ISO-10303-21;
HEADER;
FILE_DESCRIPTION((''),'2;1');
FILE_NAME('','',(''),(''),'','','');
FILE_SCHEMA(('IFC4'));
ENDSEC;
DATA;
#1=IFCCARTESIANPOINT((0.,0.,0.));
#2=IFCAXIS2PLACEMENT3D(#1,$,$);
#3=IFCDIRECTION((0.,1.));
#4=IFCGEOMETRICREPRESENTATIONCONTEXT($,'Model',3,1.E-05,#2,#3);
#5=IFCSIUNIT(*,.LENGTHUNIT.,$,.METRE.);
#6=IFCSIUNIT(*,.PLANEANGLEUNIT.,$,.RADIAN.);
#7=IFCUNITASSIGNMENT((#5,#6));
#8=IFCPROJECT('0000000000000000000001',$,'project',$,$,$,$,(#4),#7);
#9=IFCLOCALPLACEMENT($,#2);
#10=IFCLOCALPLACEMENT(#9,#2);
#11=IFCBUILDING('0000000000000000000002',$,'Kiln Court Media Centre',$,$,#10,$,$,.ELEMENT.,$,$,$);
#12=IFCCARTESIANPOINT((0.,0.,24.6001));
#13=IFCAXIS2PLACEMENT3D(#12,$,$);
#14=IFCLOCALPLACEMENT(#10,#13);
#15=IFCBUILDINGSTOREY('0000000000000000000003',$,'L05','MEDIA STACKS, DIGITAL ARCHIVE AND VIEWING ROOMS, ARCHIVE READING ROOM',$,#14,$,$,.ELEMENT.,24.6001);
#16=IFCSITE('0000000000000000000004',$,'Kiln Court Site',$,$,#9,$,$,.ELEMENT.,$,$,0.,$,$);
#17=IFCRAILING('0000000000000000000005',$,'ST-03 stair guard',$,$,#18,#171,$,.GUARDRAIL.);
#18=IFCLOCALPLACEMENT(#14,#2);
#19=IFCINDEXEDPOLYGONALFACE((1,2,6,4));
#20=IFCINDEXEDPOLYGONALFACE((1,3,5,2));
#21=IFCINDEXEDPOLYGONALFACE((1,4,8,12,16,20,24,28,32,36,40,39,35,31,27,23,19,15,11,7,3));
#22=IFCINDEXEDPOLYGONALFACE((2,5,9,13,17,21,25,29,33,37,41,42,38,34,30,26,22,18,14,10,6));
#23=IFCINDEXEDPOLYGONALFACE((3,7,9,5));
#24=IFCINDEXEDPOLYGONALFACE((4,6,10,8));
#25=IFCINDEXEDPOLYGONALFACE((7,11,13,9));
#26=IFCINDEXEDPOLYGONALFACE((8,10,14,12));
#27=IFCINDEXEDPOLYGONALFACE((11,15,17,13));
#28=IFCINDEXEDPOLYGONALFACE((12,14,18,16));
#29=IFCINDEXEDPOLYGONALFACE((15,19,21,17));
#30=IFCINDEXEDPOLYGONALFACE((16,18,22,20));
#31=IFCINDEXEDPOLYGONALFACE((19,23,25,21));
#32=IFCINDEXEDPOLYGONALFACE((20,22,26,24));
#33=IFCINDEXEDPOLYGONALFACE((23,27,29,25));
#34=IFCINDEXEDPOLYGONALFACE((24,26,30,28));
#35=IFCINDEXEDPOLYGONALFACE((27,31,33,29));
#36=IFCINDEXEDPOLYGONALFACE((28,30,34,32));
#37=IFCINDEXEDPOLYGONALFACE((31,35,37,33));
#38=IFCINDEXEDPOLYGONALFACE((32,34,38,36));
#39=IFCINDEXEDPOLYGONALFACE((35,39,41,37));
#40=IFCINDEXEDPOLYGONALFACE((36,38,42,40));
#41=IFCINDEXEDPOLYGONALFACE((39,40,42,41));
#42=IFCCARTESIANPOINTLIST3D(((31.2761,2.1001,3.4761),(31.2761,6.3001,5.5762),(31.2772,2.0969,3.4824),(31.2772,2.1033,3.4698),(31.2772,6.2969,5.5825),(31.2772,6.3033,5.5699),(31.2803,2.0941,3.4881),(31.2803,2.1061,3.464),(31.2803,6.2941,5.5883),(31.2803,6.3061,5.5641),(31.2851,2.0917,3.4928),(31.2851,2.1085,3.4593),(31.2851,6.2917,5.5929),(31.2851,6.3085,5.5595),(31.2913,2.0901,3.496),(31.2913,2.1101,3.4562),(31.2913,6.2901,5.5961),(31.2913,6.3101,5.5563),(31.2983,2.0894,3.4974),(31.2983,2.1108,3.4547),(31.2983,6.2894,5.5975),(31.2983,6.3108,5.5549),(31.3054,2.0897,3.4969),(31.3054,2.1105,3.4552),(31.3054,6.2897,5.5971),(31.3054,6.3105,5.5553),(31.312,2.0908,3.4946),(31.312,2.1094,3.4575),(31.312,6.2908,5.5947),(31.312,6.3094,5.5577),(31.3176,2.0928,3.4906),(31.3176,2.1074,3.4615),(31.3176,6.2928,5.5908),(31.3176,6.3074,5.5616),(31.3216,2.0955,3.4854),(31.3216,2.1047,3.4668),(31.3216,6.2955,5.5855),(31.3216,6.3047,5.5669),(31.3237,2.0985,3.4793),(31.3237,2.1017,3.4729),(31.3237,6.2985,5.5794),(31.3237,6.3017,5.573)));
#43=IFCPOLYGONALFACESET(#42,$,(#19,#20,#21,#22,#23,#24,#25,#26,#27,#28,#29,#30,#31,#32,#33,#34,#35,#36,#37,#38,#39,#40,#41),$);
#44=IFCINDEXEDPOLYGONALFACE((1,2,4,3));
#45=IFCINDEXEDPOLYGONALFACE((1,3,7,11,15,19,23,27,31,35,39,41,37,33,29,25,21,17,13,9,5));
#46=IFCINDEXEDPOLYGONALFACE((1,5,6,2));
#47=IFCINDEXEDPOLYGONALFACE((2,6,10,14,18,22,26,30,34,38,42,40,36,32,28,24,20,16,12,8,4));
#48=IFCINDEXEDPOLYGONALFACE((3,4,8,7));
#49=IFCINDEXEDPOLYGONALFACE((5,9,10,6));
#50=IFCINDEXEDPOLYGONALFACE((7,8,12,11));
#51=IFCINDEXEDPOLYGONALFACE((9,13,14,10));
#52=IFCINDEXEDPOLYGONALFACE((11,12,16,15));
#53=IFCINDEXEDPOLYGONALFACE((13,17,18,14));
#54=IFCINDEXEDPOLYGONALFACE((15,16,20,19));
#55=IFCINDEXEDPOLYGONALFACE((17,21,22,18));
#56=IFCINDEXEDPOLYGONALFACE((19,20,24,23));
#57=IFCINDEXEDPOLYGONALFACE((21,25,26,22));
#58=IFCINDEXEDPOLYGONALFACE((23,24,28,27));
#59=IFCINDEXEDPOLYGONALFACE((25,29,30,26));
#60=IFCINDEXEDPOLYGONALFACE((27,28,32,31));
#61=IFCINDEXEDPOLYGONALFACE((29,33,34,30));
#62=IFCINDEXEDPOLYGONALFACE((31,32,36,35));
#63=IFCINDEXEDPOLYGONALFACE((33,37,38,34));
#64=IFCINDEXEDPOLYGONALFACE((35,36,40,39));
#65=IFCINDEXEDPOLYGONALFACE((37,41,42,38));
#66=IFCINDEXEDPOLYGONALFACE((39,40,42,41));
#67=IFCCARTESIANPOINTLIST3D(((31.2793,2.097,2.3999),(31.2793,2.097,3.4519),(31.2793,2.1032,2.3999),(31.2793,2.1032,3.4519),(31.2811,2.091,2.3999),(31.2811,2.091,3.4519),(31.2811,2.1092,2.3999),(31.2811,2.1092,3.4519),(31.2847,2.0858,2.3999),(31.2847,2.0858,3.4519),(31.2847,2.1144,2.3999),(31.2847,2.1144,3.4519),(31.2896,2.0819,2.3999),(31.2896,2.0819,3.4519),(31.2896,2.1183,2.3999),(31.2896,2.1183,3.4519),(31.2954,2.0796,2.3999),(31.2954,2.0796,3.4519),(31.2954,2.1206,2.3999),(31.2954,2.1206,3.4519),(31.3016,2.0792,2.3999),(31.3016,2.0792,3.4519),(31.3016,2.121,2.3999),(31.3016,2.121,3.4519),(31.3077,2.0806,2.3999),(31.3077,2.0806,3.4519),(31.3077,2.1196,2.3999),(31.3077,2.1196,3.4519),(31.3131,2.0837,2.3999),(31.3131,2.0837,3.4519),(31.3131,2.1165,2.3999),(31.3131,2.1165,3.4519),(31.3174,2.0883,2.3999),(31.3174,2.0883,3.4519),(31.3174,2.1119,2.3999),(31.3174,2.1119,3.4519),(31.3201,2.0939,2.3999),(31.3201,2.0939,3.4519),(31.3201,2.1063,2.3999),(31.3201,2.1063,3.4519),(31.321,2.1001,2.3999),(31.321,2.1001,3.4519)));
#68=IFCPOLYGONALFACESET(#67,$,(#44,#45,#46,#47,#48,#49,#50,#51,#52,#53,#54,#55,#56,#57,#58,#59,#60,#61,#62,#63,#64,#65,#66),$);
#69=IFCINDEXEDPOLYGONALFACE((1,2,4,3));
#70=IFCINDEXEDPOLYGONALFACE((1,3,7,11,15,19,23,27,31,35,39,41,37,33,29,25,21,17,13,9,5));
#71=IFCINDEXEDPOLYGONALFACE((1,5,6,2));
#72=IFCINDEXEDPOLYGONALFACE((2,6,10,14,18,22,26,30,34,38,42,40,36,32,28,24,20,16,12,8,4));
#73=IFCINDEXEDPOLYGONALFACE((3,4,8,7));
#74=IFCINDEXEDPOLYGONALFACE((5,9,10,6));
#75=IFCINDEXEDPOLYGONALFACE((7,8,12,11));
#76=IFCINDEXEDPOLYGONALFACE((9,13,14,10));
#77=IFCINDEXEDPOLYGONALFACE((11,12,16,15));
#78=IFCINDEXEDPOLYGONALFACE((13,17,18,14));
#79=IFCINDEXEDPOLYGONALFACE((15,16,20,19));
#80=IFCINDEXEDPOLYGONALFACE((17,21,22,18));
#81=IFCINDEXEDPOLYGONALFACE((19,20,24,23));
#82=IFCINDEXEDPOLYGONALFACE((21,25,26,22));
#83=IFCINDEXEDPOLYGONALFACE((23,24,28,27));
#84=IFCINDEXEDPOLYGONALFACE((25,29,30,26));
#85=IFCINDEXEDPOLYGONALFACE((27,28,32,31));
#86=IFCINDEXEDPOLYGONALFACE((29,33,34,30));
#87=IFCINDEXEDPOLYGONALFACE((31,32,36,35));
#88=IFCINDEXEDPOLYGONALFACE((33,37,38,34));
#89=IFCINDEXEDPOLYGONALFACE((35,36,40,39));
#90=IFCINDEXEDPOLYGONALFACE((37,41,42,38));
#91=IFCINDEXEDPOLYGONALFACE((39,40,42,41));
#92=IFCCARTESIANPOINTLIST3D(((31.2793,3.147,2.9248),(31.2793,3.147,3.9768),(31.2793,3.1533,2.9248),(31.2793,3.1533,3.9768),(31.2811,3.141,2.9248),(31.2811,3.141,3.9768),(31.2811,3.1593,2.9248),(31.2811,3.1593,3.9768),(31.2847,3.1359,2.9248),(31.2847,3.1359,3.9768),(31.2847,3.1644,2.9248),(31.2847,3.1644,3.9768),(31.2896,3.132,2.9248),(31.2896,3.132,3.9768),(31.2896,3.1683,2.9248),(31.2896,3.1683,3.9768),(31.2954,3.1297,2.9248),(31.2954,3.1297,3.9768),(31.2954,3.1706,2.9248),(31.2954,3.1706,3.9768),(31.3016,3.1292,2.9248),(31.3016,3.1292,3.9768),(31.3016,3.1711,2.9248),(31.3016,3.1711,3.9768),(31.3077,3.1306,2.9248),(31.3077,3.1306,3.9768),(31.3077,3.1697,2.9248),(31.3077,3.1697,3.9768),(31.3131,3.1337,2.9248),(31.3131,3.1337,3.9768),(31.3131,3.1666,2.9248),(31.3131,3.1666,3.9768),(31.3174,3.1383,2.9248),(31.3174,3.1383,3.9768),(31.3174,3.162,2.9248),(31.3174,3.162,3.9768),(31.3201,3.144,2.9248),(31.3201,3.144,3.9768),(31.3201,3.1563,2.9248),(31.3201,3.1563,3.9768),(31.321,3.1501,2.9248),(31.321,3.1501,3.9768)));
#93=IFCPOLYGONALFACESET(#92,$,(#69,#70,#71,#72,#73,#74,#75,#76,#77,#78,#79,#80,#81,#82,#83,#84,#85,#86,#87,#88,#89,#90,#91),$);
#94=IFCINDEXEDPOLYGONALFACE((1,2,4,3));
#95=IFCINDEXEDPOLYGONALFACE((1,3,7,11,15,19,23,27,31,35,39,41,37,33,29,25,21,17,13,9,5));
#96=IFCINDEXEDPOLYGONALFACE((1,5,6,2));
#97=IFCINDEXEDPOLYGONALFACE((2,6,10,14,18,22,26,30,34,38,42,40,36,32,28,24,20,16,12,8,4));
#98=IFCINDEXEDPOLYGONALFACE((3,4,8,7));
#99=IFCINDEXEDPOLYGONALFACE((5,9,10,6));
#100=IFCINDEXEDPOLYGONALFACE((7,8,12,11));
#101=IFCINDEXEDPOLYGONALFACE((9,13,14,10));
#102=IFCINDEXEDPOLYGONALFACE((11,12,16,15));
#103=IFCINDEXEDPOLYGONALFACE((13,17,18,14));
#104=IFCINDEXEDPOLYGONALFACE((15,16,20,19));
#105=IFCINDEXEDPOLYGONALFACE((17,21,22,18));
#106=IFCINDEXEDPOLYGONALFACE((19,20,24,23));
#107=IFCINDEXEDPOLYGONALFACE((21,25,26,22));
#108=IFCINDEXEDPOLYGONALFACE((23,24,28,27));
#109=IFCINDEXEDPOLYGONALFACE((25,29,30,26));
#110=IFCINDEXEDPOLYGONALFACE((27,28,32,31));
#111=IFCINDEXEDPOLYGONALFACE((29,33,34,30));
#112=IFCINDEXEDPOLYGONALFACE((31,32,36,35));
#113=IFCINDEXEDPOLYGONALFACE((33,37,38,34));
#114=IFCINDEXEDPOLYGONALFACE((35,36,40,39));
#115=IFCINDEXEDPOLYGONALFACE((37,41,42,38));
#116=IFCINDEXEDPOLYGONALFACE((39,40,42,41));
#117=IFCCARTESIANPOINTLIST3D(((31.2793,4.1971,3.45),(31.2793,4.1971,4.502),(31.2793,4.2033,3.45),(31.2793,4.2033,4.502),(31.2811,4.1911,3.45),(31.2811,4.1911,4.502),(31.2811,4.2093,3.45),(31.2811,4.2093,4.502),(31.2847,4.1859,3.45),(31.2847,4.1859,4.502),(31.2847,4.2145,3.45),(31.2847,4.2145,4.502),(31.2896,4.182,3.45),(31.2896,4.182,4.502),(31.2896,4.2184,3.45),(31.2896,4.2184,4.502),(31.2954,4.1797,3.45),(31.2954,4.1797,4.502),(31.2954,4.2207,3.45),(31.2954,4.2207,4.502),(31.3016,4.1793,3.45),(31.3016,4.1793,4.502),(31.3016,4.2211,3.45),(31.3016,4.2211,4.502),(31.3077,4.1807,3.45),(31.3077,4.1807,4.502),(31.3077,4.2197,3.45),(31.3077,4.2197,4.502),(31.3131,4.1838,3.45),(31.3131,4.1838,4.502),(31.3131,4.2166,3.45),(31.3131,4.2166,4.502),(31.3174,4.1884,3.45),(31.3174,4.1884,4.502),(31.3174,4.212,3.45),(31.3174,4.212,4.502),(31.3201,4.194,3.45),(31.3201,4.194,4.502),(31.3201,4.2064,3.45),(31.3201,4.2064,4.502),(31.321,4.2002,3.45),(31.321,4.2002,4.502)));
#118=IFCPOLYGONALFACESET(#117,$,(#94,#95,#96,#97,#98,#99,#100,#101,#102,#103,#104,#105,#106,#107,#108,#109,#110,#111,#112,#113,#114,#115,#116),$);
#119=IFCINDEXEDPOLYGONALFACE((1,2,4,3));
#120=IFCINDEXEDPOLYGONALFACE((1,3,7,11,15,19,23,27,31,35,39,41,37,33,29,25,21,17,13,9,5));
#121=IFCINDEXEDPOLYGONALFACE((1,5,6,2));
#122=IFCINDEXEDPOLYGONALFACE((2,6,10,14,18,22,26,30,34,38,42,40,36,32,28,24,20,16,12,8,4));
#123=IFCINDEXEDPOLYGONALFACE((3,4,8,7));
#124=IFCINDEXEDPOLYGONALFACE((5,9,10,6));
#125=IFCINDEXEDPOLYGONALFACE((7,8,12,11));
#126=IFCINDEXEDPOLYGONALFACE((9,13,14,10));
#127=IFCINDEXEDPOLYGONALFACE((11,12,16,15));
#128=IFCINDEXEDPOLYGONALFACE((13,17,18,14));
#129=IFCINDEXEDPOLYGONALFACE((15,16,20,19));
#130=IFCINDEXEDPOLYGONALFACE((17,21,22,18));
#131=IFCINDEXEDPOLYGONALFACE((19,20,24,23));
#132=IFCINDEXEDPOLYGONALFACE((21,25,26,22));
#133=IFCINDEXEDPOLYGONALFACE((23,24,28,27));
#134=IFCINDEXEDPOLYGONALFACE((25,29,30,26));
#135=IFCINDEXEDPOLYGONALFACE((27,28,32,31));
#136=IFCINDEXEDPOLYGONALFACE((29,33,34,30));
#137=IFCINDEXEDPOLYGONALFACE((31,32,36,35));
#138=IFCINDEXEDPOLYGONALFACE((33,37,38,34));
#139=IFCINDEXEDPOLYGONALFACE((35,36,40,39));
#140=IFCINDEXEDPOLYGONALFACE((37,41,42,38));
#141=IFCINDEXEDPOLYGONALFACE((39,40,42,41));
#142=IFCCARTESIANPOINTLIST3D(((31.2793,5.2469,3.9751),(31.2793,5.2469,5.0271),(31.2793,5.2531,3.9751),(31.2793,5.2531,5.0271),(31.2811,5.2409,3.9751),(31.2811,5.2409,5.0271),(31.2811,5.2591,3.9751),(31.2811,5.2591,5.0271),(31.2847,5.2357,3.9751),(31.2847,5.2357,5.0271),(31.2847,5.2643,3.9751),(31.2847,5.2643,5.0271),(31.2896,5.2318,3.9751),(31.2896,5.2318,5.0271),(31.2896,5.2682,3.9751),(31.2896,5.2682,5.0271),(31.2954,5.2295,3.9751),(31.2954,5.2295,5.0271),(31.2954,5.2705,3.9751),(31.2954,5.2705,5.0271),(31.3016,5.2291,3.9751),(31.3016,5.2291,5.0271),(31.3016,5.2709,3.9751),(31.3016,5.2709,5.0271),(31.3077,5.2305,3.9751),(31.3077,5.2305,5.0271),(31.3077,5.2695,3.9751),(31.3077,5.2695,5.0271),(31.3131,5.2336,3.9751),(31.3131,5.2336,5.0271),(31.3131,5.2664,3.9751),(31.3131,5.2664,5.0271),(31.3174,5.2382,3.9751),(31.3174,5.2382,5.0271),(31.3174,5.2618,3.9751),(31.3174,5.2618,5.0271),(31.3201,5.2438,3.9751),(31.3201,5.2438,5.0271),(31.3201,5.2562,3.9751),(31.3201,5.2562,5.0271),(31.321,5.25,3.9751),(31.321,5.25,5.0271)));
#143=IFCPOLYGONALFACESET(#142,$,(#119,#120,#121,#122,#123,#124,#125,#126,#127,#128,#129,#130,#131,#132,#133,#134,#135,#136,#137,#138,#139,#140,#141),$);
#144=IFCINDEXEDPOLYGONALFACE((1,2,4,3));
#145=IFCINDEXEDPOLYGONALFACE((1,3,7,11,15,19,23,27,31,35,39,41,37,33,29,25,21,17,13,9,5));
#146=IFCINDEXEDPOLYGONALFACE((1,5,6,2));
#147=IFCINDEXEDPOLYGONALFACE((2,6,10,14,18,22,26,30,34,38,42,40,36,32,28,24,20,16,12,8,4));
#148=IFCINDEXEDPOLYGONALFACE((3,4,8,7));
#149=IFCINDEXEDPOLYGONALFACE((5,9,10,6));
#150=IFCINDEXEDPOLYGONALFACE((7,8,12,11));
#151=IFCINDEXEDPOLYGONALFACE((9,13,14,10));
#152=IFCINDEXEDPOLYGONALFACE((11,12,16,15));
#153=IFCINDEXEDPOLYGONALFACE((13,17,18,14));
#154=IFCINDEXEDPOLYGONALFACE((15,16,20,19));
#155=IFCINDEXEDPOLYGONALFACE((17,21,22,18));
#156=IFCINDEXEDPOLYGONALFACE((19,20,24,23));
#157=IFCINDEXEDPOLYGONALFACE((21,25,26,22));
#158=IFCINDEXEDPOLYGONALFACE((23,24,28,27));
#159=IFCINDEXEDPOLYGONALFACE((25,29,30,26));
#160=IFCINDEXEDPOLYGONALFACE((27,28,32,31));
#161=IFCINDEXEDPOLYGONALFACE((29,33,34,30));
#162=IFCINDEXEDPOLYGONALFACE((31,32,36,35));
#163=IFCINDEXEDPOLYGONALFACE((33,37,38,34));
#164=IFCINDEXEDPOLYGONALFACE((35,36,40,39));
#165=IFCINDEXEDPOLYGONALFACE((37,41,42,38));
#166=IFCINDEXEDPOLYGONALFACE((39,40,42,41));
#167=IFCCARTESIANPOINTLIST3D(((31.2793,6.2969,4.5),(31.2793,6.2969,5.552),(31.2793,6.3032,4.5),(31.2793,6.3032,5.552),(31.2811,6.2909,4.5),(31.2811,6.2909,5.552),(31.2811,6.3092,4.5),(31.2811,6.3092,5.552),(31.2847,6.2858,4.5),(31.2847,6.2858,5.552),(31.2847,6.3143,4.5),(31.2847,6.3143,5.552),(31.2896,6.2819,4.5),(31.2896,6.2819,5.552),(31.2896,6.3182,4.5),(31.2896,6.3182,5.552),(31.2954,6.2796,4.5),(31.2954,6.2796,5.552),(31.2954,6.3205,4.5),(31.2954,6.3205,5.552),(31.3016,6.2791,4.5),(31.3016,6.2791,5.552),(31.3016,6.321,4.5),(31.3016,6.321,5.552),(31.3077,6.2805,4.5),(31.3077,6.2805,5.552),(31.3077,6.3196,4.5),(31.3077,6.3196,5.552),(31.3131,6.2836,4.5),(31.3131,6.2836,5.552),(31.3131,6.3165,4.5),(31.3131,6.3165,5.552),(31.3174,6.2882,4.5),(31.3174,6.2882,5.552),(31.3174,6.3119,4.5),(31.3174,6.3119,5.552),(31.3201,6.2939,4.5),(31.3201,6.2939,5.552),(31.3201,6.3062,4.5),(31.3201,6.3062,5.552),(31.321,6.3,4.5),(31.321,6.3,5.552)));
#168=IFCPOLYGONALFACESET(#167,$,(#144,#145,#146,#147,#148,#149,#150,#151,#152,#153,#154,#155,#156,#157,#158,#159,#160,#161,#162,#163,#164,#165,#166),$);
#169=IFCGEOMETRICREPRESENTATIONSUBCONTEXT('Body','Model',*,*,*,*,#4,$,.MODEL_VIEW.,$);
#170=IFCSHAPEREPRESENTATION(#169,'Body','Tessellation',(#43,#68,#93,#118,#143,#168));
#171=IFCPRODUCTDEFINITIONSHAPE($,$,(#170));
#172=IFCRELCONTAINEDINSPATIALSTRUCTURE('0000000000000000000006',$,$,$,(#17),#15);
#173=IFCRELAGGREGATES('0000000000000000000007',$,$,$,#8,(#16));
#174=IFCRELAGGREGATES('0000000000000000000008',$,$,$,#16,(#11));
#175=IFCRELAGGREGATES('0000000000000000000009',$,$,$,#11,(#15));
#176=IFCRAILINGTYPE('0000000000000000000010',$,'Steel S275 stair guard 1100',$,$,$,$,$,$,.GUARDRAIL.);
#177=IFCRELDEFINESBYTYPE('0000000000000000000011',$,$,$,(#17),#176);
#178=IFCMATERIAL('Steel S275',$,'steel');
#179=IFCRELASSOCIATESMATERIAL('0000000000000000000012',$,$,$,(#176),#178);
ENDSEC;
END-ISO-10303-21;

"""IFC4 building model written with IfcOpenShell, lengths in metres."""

from ifc_helpers import new_model, si_unit, direction, frame, origin, origin_2d, place, context, subcontext, project, spatial, circle, extrude, material, type_object, element, save


model = new_model("IFC4")

# Units and contexts
model_context = context("Model", 3, precision=1e-05, world=origin(), true_north=direction((0.0, 1.0)))
body_context = subcontext(model_context, "Body", "Model", "MODEL_VIEW")
ifc_project = project(units=[si_unit("LENGTHUNIT", "METRE"), si_unit("PLANEANGLEUNIT", "RADIAN")], contexts=[model_context])

# Site, building, storey
site_placement = place(None, origin())
site = spatial("IfcSite", under=ifc_project, at=site_placement, Name="Kiln Court Site", CompositionType="ELEMENT", RefElevation=0.0)
building_placement = place(site_placement, origin())
building = spatial("IfcBuilding", under=site, at=building_placement, Name="Kiln Court Media Centre", CompositionType="ELEMENT")
storey_placement = place(building_placement, frame((0.0, 0.0, 24.6001)))
storey = spatial("IfcBuildingStorey", under=building, at=storey_placement, Name="L05", Description="MEDIA STACKS, DIGITAL ARCHIVE AND VIEWING ROOMS, ARCHIVE READING ROOM", CompositionType="ELEMENT", Elevation=24.6001)

# Railing
ifc_material_1 = material(Name="Steel S275", Category="steel")
railing_type_1 = type_object("IfcRailingType", Name="Steel S275 stair guard 1100", PredefinedType="GUARDRAIL", material=ifc_material_1)
railing_1_placement = place(storey_placement, frame((31.3, 2.1001, 2.3999)))
element("IfcRailing", 1, at=railing_1_placement, inside=storey, type_object=railing_type_1, Name="ST-03 stair guard", PredefinedType="GUARDRAIL", context=body_context, shape_type="SweptSolid", body=[
    extrude(circle(Radius=0.0239, at=origin_2d()), frame((0.0, 0.0, 1.0762), z_axis=(0.0, 0.894417, 0.447234), x_axis=(-1.0, 0.0, 0.0)), (0.0, 0.0, 1.0), 4.6958),
    extrude(circle(Radius=0.021, at=origin_2d()), origin(), (0.0, 0.0, 1.0), 1.052),
    extrude(circle(Radius=0.021, at=origin_2d()), frame((0.0, 1.05, 0.5249)), (0.0, 0.0, 1.0), 1.052),
    extrude(circle(Radius=0.021, at=origin_2d()), frame((0.0, 2.1001, 1.05)), (0.0, 0.0, 1.0), 1.052),
    extrude(circle(Radius=0.021, at=origin_2d()), frame((0.0, 3.1499, 1.5752)), (0.0, 0.0, 1.0), 1.052),
    extrude(circle(Radius=0.021, at=origin_2d()), frame((0.0, 4.2, 2.1001)), (0.0, 0.0, 1.0), 1.052),
])

save(model, "model.ifc")
